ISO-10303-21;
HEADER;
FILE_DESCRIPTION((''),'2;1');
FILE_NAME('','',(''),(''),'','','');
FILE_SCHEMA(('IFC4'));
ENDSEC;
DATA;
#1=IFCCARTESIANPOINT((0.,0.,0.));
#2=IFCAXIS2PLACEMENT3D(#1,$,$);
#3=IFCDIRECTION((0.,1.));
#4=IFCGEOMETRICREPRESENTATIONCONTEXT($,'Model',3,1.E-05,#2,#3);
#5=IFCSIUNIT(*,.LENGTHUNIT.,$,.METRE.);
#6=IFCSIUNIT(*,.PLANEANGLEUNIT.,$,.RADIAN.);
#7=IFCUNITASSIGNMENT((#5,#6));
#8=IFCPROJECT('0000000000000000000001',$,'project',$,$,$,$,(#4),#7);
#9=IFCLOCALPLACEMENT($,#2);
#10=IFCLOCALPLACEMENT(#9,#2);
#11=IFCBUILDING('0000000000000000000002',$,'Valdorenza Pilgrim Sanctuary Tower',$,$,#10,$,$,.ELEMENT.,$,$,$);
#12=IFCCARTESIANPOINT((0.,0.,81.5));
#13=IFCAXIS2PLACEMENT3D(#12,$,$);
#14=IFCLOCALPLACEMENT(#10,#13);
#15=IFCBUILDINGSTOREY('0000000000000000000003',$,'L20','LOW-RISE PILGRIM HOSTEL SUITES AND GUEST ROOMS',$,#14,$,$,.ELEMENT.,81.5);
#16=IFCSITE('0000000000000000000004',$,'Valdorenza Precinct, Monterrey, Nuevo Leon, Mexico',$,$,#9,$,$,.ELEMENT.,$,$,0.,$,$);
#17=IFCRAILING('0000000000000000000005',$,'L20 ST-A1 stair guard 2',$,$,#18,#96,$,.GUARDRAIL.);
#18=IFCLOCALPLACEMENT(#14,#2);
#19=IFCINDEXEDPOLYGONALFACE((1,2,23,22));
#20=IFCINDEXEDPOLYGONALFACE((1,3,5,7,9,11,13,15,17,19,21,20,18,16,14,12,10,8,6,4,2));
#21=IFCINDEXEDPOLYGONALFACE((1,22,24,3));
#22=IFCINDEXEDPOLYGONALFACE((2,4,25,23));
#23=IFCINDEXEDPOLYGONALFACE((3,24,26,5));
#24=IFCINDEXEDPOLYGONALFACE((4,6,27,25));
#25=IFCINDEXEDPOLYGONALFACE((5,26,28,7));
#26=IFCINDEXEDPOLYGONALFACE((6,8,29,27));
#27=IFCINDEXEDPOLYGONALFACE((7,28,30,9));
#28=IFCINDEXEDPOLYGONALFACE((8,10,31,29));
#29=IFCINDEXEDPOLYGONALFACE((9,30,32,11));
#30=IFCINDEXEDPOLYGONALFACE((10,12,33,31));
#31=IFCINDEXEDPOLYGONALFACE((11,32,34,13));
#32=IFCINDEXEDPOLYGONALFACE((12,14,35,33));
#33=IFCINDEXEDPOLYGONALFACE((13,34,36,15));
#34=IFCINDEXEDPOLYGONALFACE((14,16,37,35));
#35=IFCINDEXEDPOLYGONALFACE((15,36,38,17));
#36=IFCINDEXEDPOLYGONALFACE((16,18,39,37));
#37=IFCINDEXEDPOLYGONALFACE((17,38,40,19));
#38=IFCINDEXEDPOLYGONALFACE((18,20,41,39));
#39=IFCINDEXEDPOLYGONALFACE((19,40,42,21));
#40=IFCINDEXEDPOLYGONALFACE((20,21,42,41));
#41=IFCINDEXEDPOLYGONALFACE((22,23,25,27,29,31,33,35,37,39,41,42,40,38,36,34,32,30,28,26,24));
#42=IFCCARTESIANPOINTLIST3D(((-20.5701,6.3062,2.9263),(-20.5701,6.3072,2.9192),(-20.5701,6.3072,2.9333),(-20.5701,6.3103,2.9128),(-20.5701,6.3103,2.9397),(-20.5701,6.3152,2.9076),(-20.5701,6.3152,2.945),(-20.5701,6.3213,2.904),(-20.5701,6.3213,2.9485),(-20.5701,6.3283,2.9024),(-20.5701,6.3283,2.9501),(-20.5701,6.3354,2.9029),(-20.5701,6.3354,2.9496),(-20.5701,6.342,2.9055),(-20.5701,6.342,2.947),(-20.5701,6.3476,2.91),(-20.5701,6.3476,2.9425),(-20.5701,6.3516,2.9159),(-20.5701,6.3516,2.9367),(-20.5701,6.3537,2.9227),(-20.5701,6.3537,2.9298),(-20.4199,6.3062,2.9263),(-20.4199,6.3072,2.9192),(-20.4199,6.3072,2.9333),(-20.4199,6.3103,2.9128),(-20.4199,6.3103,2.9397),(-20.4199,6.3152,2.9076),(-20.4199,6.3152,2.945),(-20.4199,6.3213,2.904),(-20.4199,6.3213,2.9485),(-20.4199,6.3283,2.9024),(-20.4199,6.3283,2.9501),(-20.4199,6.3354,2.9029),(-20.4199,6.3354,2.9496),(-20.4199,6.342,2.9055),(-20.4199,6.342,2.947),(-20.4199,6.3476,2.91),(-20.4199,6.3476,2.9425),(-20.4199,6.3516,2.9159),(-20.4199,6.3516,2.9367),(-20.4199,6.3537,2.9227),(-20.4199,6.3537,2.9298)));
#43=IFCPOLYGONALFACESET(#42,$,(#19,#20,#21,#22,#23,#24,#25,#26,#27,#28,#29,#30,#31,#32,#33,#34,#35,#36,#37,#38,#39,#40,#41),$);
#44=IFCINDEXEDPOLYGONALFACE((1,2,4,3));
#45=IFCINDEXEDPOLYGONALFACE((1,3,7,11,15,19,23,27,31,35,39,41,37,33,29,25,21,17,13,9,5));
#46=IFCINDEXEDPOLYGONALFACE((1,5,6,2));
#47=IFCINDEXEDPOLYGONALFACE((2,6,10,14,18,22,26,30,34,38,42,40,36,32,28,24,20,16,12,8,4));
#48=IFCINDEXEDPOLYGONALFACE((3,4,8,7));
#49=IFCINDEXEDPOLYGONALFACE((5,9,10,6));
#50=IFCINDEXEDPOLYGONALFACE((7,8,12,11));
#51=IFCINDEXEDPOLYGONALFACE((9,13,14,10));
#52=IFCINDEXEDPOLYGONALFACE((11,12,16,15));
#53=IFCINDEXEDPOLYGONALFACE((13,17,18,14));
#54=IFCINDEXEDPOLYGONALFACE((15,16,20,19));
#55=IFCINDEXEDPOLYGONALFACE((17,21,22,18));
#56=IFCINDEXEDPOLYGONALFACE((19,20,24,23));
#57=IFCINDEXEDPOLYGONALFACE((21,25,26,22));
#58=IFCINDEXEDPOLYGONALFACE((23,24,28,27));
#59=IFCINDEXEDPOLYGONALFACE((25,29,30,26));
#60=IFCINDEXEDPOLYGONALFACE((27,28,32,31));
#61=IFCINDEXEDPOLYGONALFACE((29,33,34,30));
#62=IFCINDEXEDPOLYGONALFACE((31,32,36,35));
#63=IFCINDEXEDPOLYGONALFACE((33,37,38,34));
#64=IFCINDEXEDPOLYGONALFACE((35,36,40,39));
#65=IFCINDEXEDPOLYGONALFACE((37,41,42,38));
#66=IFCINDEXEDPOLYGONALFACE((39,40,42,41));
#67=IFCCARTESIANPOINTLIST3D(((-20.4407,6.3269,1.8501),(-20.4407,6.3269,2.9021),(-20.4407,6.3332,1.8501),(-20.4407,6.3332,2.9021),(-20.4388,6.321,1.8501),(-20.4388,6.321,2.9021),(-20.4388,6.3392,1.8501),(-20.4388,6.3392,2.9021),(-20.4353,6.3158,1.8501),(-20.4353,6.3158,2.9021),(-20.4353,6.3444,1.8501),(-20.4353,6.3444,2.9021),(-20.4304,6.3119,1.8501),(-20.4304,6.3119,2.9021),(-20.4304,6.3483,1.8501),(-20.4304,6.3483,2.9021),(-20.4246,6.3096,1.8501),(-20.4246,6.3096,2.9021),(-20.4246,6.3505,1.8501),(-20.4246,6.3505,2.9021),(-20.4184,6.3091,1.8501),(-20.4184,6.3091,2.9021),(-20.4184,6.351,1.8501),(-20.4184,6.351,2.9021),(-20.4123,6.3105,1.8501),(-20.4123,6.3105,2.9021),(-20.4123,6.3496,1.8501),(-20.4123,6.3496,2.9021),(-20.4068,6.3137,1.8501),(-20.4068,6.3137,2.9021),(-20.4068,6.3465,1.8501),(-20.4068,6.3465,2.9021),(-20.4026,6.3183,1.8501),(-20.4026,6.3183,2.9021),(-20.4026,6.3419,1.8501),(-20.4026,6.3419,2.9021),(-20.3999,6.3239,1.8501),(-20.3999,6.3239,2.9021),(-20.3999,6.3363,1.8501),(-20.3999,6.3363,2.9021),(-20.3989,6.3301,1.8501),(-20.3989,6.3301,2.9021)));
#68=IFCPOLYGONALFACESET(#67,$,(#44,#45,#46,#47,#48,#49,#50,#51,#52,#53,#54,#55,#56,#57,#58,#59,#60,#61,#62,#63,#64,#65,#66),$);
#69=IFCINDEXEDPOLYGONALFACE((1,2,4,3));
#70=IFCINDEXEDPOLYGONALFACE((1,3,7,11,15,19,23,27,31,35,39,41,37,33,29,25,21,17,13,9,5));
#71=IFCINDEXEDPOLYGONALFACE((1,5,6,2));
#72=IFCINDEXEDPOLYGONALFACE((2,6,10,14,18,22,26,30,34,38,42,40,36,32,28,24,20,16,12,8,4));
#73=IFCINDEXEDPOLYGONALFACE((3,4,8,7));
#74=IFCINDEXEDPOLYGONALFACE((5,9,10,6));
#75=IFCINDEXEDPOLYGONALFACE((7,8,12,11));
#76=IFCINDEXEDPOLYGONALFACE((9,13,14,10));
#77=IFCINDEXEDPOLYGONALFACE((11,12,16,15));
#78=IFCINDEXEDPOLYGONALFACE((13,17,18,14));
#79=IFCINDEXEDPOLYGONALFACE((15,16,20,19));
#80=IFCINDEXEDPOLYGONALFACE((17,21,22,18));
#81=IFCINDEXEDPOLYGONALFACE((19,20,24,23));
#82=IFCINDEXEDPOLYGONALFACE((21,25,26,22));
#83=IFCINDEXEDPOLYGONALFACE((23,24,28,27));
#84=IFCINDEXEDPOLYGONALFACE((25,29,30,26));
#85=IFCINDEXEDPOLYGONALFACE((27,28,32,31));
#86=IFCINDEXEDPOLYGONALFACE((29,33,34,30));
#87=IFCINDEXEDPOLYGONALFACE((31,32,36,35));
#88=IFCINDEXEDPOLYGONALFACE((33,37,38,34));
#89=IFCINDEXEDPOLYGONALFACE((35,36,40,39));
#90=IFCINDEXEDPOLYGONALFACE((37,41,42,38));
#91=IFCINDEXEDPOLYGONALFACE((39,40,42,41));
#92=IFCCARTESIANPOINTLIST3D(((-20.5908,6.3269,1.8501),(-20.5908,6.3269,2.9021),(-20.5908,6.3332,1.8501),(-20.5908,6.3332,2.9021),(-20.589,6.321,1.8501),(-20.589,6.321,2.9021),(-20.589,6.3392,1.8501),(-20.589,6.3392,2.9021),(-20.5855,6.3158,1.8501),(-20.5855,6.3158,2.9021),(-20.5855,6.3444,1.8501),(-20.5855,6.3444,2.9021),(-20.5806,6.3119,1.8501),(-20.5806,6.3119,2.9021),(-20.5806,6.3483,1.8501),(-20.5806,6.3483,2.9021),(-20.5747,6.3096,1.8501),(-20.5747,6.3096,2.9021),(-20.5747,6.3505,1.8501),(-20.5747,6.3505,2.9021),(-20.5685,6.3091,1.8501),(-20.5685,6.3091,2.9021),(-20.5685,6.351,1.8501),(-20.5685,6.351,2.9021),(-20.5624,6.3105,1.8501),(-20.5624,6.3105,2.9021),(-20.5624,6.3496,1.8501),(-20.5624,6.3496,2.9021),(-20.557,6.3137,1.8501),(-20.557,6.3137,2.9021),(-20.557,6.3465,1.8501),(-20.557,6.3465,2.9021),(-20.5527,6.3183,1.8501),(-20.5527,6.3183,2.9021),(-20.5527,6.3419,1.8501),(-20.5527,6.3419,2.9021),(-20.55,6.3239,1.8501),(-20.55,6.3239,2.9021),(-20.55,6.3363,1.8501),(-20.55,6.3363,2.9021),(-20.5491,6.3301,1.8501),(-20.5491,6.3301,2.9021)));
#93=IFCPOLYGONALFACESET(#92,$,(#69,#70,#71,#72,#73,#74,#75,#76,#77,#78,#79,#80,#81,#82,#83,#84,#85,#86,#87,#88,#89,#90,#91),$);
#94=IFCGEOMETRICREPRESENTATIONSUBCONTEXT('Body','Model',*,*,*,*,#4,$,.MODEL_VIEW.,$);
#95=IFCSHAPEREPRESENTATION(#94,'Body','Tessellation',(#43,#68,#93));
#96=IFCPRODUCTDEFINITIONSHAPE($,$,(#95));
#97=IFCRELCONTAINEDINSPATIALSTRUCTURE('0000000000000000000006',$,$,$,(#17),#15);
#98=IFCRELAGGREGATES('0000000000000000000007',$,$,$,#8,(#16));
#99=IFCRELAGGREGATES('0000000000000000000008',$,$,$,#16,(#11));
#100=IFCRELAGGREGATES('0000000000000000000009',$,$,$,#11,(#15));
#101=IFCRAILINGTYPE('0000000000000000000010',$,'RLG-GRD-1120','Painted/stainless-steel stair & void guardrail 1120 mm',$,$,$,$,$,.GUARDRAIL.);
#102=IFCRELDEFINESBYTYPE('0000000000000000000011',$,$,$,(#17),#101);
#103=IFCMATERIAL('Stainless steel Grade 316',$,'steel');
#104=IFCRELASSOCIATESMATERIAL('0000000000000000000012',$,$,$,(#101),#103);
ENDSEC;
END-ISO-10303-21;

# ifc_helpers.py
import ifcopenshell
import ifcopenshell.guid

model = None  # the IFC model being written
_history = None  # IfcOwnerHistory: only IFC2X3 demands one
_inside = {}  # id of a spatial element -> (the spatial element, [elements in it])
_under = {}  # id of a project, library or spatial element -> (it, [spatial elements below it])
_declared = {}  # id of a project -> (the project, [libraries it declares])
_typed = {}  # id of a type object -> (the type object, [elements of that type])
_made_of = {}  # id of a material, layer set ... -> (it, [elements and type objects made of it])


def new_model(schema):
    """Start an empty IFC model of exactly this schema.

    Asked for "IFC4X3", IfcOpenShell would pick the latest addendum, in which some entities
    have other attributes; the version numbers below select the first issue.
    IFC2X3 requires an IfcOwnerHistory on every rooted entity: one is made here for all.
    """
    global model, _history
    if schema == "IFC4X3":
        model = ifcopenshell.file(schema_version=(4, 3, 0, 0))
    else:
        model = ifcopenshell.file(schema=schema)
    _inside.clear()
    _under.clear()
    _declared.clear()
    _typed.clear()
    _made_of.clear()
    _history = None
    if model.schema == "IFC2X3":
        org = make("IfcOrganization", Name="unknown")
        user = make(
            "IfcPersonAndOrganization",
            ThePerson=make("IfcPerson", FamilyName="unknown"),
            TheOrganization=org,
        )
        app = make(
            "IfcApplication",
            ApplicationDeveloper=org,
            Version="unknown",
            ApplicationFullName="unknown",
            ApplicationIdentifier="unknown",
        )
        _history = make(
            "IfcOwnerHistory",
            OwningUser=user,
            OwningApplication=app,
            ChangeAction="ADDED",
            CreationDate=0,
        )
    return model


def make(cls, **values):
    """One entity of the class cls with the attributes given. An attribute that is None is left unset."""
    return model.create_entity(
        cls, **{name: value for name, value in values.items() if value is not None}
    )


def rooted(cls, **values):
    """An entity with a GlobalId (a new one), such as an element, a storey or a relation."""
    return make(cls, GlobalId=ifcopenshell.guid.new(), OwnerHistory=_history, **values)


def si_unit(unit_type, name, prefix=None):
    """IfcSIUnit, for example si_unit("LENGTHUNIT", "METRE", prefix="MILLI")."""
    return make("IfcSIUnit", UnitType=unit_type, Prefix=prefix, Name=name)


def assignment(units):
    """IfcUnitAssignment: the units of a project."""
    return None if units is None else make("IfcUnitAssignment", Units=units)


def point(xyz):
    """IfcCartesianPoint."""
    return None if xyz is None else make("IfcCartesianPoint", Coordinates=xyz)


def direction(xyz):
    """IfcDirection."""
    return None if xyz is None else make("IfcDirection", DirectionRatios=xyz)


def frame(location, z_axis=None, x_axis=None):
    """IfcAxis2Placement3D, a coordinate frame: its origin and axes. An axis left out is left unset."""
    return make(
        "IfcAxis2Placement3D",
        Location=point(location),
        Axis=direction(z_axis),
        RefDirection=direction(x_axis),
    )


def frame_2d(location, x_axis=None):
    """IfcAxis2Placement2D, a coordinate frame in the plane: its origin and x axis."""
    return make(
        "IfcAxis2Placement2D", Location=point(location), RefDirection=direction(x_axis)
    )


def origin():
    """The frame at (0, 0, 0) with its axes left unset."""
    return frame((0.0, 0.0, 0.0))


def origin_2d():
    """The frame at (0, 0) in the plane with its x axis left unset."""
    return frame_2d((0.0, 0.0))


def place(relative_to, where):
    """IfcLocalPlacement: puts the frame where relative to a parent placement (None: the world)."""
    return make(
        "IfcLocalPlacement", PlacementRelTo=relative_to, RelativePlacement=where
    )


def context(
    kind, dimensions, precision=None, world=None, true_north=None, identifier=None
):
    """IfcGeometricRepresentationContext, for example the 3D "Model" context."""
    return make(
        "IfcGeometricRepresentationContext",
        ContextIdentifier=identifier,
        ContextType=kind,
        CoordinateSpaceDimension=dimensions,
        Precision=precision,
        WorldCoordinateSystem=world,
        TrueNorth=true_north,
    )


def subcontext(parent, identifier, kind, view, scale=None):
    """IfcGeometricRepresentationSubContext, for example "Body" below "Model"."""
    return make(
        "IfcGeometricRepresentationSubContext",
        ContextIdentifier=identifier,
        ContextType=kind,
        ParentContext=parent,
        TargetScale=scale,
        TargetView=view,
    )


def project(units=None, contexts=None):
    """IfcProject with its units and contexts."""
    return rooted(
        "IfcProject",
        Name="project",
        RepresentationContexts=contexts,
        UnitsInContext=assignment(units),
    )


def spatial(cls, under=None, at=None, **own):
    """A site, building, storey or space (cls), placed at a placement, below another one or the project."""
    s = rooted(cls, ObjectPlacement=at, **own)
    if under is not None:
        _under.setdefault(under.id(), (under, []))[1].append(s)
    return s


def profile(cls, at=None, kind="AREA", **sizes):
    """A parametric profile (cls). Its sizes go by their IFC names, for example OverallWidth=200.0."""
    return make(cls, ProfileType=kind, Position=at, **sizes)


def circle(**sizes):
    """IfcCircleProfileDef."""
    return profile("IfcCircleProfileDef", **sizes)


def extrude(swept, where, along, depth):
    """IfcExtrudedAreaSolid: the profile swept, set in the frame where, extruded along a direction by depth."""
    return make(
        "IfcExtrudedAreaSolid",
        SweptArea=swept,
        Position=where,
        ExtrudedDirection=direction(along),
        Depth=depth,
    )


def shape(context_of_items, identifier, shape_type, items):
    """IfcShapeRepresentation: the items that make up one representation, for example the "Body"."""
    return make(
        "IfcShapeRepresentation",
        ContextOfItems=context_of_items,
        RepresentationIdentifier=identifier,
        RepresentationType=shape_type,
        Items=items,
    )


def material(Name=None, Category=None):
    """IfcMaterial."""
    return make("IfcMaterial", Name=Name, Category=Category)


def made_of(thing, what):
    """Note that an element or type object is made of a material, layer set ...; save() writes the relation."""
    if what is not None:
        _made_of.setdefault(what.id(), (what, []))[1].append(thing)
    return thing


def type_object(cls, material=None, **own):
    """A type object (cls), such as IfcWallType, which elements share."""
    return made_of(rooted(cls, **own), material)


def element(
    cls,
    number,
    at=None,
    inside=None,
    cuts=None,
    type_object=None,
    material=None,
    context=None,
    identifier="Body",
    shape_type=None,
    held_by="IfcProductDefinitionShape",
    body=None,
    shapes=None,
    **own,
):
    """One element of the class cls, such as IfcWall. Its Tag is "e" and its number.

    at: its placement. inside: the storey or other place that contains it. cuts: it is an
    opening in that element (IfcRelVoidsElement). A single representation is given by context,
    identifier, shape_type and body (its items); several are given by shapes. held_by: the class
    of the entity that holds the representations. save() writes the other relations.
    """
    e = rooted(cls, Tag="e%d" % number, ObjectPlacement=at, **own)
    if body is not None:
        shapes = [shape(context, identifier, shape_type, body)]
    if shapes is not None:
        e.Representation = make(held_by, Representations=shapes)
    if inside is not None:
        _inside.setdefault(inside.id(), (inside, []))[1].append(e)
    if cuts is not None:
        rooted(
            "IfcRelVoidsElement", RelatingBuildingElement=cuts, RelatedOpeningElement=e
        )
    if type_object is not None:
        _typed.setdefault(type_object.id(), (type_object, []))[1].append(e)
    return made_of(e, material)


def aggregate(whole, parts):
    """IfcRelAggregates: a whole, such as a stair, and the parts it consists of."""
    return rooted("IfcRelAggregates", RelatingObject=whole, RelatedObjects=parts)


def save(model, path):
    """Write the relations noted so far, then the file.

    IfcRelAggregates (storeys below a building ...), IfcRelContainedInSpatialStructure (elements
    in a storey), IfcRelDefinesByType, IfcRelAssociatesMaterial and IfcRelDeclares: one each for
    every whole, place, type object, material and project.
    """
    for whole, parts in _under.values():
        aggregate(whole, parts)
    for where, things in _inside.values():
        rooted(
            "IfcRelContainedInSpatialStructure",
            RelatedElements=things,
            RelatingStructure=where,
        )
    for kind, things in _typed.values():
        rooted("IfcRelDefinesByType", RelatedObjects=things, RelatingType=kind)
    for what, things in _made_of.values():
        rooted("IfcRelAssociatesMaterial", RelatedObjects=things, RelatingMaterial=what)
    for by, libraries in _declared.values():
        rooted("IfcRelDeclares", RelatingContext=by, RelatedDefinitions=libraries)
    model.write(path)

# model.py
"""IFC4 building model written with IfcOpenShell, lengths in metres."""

from ifc_helpers import new_model, si_unit, direction, frame, origin, origin_2d, place, context, subcontext, project, spatial, circle, extrude, material, type_object, element, save


model = new_model("IFC4")

# Units and contexts
model_context = context("Model", 3, precision=1e-05, world=origin(), true_north=direction((0.0, 1.0)))
body_context = subcontext(model_context, "Body", "Model", "MODEL_VIEW")
ifc_project = project(units=[si_unit("LENGTHUNIT", "METRE"), si_unit("PLANEANGLEUNIT", "RADIAN")], contexts=[model_context])

# Site, building, storey
site_placement = place(None, origin())
site = spatial("IfcSite", under=ifc_project, at=site_placement, Name="Valdorenza Precinct, Monterrey, Nuevo Leon, Mexico", CompositionType="ELEMENT", RefElevation=0.0)
building_placement = place(site_placement, origin())
building = spatial("IfcBuilding", under=site, at=building_placement, Name="Valdorenza Pilgrim Sanctuary Tower", CompositionType="ELEMENT")
storey_placement = place(building_placement, frame((0.0, 0.0, 81.5)))
storey = spatial("IfcBuildingStorey", under=building, at=storey_placement, Name="L20", Description="LOW-RISE PILGRIM HOSTEL SUITES AND GUEST ROOMS", CompositionType="ELEMENT", Elevation=81.5)

# Railing
ifc_material_1 = material(Name="Stainless steel Grade 316", Category="steel")
railing_type_1 = type_object("IfcRailingType", Name="RLG-GRD-1120", Description="Painted/stainless-steel stair & void guardrail 1120 mm", PredefinedType="GUARDRAIL", material=ifc_material_1)
railing_1_placement = place(storey_placement, frame((-20.4199, 6.3301, 1.8501)))
element("IfcRailing", 1, at=railing_1_placement, inside=storey, type_object=railing_type_1, Name="L20 ST-A1 stair guard 2", PredefinedType="GUARDRAIL", context=body_context, shape_type="SweptSolid", body=[
    extrude(circle(Radius=0.0239, at=origin_2d()), frame((0.0, 0.0, 1.0762), z_axis=(-1.0, 0.0, 0.0), x_axis=(0.0, -1.0, 0.0)), (0.0, 0.0, 1.0), 0.1501),
    extrude(circle(Radius=0.021, at=origin_2d()), origin(), (0.0, 0.0, 1.0), 1.052),
    extrude(circle(Radius=0.021, at=origin_2d()), frame((-0.1501, 0.0, 0.0)), (0.0, 0.0, 1.0), 1.052),
])

save(model, "model.ifc")
